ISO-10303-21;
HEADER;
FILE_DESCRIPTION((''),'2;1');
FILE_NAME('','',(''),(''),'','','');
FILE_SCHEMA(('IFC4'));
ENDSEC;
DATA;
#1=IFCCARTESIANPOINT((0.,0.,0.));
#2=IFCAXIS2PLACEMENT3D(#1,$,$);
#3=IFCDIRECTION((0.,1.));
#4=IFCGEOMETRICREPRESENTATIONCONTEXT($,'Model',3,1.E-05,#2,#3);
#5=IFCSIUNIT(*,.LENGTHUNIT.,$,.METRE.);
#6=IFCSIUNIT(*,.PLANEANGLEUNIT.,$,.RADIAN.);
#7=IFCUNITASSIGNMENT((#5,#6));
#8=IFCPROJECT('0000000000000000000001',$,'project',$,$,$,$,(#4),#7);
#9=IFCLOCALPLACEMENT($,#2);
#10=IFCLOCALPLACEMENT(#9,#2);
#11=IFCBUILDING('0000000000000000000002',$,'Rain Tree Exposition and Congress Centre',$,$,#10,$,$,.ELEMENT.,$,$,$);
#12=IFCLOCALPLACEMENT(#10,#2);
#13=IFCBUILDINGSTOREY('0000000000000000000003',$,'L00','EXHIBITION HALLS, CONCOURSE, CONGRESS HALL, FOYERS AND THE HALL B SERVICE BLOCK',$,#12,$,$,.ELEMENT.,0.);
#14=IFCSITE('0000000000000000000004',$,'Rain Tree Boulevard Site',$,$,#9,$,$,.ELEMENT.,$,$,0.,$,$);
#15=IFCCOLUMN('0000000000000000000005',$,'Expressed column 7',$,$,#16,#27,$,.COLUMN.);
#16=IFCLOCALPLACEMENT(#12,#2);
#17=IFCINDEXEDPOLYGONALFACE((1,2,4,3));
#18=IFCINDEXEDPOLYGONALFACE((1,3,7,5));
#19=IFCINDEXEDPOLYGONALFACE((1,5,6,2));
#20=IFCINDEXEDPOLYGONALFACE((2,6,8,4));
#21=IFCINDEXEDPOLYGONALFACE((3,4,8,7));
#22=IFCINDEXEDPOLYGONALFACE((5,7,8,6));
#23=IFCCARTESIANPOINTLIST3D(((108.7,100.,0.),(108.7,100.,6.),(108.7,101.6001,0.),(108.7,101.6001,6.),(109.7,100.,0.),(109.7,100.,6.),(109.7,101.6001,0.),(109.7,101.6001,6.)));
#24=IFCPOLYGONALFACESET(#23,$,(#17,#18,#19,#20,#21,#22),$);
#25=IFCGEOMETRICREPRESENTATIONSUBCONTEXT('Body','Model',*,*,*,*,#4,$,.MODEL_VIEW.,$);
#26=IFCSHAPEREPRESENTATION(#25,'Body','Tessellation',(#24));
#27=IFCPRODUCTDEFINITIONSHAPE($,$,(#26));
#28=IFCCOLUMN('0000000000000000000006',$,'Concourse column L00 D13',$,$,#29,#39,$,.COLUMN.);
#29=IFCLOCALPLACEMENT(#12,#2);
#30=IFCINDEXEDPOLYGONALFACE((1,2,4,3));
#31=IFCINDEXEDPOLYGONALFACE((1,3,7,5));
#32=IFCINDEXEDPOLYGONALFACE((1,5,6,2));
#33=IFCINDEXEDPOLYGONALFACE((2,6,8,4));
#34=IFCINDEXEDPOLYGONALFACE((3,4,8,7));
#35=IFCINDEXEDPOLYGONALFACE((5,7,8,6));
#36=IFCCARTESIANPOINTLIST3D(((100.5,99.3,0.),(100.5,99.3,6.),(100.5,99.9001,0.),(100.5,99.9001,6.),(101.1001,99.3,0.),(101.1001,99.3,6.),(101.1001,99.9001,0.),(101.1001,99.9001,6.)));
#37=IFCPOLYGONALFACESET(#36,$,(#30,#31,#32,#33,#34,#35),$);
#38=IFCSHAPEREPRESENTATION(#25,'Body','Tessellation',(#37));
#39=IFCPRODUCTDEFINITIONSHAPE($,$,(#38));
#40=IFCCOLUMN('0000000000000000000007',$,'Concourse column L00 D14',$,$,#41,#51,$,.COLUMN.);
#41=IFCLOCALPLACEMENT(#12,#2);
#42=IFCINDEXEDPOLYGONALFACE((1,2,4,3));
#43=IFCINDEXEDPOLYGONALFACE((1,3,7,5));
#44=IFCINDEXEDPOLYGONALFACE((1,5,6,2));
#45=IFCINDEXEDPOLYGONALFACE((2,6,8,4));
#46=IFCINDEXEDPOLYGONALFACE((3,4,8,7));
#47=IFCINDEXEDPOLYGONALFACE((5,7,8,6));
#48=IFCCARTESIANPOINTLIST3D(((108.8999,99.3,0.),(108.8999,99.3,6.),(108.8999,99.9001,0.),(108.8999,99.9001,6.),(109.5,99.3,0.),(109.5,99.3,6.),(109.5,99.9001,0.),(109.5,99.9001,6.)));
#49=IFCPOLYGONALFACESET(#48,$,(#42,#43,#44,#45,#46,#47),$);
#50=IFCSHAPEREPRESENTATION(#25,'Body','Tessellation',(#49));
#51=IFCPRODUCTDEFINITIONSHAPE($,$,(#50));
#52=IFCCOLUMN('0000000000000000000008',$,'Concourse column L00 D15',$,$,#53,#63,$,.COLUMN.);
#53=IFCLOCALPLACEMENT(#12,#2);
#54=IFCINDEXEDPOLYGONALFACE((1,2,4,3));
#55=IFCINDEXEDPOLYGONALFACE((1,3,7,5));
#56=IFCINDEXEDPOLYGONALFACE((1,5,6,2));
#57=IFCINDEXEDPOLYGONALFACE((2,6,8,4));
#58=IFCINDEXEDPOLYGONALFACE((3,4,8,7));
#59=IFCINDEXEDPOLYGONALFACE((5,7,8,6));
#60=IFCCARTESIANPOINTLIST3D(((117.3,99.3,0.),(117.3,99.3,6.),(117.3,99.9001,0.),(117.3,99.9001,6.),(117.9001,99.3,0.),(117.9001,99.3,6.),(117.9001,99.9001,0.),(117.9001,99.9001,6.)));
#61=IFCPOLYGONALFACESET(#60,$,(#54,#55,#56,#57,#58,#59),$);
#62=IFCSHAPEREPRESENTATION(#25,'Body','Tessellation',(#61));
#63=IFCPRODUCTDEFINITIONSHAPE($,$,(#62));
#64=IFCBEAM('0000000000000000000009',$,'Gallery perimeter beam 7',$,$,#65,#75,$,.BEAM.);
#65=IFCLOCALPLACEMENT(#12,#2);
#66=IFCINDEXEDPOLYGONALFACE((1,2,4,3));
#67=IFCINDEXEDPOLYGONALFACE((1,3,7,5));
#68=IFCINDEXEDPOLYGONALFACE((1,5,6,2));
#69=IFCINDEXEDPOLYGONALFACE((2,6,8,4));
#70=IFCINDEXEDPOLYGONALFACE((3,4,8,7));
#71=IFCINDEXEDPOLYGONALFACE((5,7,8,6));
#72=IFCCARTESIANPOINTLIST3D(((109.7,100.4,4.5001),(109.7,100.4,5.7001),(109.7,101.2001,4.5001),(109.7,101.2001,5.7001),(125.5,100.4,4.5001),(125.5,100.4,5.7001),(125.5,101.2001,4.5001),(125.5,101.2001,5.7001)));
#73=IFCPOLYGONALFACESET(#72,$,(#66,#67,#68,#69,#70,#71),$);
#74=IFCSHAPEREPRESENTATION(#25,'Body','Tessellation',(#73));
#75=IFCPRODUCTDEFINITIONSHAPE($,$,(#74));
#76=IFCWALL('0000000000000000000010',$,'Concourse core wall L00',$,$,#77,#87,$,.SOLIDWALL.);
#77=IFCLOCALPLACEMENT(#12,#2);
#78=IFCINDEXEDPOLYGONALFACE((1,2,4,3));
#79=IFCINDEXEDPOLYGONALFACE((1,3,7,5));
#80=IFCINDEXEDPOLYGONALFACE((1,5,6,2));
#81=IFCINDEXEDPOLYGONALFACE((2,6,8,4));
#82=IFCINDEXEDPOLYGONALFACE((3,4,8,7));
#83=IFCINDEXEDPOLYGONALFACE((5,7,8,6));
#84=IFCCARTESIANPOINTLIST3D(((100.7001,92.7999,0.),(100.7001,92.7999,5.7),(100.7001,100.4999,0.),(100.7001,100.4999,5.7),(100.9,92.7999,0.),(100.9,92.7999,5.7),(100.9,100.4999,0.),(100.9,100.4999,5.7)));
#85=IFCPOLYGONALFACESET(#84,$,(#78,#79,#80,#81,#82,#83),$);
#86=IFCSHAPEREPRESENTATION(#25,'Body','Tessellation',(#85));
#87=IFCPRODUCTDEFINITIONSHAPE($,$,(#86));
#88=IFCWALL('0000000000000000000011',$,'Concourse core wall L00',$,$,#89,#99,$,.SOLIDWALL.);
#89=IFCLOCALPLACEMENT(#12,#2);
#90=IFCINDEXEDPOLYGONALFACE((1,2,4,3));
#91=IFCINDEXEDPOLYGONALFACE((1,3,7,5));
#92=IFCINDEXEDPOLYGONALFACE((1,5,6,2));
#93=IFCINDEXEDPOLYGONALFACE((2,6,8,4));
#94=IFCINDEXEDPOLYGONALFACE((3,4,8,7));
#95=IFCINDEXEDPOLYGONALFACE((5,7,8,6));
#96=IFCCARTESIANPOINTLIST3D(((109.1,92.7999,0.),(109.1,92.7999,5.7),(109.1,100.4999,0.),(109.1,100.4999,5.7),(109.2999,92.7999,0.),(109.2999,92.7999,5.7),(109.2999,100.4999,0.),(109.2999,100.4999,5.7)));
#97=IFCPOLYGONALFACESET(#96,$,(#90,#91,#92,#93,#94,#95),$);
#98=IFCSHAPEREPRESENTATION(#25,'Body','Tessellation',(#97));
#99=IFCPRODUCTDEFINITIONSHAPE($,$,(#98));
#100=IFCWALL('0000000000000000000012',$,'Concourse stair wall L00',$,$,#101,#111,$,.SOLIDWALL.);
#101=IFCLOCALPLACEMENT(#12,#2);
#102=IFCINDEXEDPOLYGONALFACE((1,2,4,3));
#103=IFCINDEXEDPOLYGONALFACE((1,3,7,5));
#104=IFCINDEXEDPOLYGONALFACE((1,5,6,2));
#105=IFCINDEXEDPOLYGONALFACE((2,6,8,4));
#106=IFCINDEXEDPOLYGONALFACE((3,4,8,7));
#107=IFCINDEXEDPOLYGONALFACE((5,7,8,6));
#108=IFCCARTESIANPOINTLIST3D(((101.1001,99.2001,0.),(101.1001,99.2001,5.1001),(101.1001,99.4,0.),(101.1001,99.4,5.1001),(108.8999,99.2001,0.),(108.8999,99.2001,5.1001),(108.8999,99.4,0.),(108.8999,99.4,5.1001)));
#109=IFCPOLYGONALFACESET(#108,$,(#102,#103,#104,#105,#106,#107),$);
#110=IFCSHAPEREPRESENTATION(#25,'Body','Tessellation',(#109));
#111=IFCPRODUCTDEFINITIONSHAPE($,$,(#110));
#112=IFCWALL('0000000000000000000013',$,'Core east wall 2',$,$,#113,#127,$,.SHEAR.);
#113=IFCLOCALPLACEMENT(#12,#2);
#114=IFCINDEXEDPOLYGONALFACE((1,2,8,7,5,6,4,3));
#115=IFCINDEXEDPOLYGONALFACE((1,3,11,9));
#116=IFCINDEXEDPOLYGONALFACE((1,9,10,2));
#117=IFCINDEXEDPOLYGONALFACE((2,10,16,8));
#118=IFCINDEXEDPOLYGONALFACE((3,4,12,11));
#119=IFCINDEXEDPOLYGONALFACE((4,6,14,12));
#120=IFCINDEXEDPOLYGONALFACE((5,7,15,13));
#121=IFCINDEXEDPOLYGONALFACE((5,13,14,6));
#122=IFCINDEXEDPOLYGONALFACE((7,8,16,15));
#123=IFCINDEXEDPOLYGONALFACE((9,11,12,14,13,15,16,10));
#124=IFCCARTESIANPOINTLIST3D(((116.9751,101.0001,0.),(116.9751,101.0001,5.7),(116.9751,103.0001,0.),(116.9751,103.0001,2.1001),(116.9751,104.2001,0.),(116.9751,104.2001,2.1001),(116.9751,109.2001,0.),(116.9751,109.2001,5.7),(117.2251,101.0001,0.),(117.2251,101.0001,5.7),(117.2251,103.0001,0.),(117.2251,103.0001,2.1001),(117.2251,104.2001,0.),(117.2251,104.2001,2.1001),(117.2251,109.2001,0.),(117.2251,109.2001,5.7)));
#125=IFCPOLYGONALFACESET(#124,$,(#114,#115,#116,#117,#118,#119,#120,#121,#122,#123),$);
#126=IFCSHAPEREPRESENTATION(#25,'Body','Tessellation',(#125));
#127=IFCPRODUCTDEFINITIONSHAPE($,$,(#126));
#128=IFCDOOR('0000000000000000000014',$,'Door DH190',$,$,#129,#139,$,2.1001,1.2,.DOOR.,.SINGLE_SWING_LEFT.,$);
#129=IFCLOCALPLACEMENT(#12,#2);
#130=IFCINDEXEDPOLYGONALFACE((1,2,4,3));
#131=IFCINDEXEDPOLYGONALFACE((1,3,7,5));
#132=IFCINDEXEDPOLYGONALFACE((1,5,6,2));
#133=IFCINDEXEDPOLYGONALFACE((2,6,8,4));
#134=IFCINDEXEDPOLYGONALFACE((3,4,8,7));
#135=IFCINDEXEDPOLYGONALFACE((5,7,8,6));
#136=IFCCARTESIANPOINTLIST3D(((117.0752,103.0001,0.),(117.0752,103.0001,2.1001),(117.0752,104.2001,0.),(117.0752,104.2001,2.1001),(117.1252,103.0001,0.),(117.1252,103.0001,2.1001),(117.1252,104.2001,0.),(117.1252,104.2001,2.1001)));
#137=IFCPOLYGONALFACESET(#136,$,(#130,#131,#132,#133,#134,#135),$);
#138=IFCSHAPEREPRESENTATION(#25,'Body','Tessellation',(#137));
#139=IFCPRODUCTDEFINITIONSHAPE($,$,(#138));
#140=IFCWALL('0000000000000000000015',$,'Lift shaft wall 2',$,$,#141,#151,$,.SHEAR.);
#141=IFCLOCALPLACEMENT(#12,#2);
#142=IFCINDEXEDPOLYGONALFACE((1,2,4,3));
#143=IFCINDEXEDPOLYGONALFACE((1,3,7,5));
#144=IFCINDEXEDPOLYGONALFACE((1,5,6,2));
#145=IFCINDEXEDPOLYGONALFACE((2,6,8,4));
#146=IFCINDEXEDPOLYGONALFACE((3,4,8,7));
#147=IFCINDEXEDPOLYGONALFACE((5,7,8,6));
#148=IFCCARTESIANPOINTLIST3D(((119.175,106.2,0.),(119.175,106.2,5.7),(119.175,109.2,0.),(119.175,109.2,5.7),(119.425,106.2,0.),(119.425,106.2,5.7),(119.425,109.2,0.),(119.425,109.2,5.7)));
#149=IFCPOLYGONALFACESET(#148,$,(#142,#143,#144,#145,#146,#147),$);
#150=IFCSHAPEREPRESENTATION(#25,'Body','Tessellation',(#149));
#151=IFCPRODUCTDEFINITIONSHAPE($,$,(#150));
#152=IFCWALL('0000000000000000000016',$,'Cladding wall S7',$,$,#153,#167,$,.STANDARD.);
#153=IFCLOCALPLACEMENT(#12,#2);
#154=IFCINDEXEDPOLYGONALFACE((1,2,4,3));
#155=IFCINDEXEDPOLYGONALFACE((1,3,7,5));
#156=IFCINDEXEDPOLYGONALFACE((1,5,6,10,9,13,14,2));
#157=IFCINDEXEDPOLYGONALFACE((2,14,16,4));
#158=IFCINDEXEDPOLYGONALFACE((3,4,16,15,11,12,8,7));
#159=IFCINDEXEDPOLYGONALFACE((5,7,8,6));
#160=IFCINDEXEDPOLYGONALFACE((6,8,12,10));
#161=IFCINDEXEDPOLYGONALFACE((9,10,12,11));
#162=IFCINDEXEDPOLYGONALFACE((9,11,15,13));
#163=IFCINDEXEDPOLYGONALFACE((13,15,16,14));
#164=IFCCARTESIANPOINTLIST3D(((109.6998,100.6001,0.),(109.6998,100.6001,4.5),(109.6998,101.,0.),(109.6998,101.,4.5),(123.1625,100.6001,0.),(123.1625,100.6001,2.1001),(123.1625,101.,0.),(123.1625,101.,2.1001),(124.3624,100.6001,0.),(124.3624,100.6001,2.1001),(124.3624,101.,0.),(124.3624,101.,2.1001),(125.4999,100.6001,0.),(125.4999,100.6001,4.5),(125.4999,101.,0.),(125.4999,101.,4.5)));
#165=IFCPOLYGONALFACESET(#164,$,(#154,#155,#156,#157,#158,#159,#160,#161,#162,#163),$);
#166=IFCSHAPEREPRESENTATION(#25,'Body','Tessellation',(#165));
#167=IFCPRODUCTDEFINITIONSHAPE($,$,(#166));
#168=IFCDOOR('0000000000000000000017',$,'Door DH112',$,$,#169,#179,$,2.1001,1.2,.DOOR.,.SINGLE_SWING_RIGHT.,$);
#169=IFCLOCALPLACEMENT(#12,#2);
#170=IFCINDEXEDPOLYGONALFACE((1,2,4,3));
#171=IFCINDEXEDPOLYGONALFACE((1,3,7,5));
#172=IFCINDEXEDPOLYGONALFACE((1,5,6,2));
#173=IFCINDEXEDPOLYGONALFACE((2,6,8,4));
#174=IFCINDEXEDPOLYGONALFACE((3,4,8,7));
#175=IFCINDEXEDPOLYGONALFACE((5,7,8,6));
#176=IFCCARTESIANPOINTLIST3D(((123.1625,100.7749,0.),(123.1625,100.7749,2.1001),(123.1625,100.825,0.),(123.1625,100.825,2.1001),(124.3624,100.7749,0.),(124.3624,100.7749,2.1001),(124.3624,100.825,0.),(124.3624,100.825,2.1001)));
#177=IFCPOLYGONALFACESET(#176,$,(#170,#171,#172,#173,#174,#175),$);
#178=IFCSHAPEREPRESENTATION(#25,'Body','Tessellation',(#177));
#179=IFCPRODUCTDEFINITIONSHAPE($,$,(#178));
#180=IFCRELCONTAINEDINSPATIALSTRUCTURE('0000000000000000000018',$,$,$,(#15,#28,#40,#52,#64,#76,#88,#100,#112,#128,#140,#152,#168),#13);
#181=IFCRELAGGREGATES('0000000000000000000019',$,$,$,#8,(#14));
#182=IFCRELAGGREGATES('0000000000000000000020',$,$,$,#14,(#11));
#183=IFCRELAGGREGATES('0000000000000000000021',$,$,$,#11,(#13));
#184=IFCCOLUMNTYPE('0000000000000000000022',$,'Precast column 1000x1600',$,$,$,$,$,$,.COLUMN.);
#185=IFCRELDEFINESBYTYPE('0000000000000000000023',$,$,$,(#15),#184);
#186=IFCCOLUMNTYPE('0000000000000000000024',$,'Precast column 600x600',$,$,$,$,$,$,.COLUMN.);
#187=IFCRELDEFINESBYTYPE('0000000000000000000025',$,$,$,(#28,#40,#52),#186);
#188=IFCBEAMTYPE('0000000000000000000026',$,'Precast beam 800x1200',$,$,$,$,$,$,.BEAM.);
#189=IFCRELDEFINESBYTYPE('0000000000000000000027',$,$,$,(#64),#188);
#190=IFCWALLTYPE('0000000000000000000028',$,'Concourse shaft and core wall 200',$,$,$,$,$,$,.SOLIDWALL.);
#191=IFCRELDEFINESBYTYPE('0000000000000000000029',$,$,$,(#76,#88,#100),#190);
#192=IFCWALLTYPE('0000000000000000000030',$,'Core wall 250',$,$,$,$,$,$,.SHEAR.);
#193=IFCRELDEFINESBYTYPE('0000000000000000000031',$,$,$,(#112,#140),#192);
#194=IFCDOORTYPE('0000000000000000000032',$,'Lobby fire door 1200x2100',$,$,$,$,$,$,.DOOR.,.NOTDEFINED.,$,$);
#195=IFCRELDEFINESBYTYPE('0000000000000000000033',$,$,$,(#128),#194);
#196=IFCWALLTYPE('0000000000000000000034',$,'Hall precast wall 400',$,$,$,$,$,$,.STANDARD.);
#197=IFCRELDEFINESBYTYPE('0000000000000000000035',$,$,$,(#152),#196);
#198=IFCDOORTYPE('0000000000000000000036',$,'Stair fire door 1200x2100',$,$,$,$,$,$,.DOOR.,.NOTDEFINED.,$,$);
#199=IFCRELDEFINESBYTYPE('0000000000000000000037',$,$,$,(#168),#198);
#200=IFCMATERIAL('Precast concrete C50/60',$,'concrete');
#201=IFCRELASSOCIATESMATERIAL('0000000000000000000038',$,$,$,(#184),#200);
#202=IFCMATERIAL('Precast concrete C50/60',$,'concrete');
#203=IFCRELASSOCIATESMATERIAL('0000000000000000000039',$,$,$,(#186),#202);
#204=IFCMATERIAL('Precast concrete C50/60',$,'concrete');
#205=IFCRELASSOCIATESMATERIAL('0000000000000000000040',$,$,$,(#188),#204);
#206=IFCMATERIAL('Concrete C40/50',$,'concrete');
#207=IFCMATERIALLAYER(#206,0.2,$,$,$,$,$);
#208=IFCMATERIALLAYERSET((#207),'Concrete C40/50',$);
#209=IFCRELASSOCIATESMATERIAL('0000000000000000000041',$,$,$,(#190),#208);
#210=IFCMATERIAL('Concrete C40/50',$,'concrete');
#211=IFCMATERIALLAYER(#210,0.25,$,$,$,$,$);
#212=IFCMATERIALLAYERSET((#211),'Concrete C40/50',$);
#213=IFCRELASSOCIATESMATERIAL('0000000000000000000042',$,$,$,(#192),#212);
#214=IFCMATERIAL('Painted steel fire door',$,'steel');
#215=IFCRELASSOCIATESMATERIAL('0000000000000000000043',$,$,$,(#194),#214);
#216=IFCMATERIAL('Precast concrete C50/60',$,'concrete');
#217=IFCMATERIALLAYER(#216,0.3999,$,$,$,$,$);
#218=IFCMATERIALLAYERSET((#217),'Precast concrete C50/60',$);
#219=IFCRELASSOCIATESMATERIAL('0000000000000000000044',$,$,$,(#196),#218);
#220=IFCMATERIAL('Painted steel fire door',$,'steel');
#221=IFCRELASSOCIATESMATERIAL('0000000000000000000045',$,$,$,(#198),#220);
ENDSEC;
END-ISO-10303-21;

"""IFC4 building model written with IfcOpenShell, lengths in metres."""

from ifc_helpers import new_model, si_unit, direction, frame, frame_2d, origin, origin_2d, place, context, subcontext, project, spatial, rectangle, extrude, material, layer, layer_set, material_profile, profile_set, type_object, element, fill, save


model = new_model("IFC4")

# Units and contexts
model_context = context("Model", 3, precision=1e-05, world=origin(), true_north=direction((0.0, 1.0)))
body_context = subcontext(model_context, "Body", "Model", "MODEL_VIEW")
ifc_project = project(units=[si_unit("LENGTHUNIT", "METRE"), si_unit("PLANEANGLEUNIT", "RADIAN")], contexts=[model_context])

# Site, building, storey
site_placement = place(None, origin())
site = spatial("IfcSite", under=ifc_project, at=site_placement, Name="Rain Tree Boulevard Site", CompositionType="ELEMENT", RefElevation=0.0)
building_placement = place(site_placement, origin())
building = spatial("IfcBuilding", under=site, at=building_placement, Name="Rain Tree Exposition and Congress Centre", CompositionType="ELEMENT")
storey_placement = place(building_placement, origin())
storey = spatial("IfcBuildingStorey", under=building, at=storey_placement, Name="L00", Description="EXHIBITION HALLS, CONCOURSE, CONGRESS HALL, FOYERS AND THE HALL B SERVICE BLOCK", CompositionType="ELEMENT", Elevation=0.0)

# Columns
ifc_material_1 = material(Name="Precast concrete C50/60", Category="concrete")
ifc_material_profile_1 = material_profile(ifc_material_1, rectangle(XDim=1.0, YDim=1.6001, at=origin_2d()), Name="RC 1000x1600")
ifc_profile_set_1 = profile_set([ifc_material_profile_1], Name="Precast concrete C50/60")
column_type_1 = type_object("IfcColumnType", Name="Precast column 1000x1600", PredefinedType="COLUMN", material=ifc_profile_set_1)
column_placement = place(storey_placement, frame((109.2, 100.8, 0.0), z_axis=(0.0, 0.0, 1.0), x_axis=(1.0, 0.0, 0.0)))
element("IfcColumn", 1, at=column_placement, inside=storey, type_object=column_type_1, Name="Expressed column 7", PredefinedType="COLUMN", context=body_context, shape_type="SweptSolid", body=[
    extrude(rectangle(XDim=1.0, YDim=1.6001, at=origin_2d()), origin(), (0.0, 0.0, 1.0), 6.0),
])
ifc_material_2 = material(Name="Precast concrete C50/60", Category="concrete")
ifc_material_profile_2 = material_profile(ifc_material_2, rectangle(XDim=0.6001, YDim=0.6001, at=origin_2d()), Name="RC 600x600")
ifc_profile_set_2 = profile_set([ifc_material_profile_2], Name="Precast concrete C50/60")
column_type_2 = type_object("IfcColumnType", Name="Precast column 600x600", PredefinedType="COLUMN", material=ifc_profile_set_2)
for number, where, z_axis, x_axis, name in (
    (2, (100.8, 99.6001, 0.0), (0.0, 0.0, 1.0), (1.0, 0.0, 0.0), "Concourse column L00 D13"),
    (3, (109.2, 99.6001, 0.0), (0.0, 0.0, 1.0), (1.0, 0.0, 0.0), "Concourse column L00 D14"),
    (4, (117.6001, 99.6001, 0.0), (0.0, 0.0, 1.0), (1.0, 0.0, 0.0), "Concourse column L00 D15"),
):
    element("IfcColumn", number, at=place(storey_placement, frame(where, z_axis=z_axis, x_axis=x_axis)), inside=storey, type_object=column_type_2, Name=name, PredefinedType="COLUMN", context=body_context, shape_type="SweptSolid", body=[
        extrude(rectangle(XDim=0.6001, YDim=0.6001, at=origin_2d()), origin(), (0.0, 0.0, 1.0), 6.0),
    ])

# Beam
ifc_material_3 = material(Name="Precast concrete C50/60", Category="concrete")
ifc_material_profile_3 = material_profile(ifc_material_3, rectangle(XDim=0.8, YDim=1.2, at=origin_2d()), Name="RC 800x1200")
ifc_profile_set_3 = profile_set([ifc_material_profile_3], Name="Precast concrete C50/60")
beam_type = type_object("IfcBeamType", Name="Precast beam 800x1200", PredefinedType="BEAM", material=ifc_profile_set_3)
beam_placement = place(storey_placement, frame((109.7, 100.8, 5.1001), z_axis=(1.0, 0.0, 0.0), x_axis=(0.0, 1.0, 0.0)))
element("IfcBeam", 5, at=beam_placement, inside=storey, type_object=beam_type, Name="Gallery perimeter beam 7", PredefinedType="BEAM", context=body_context, shape_type="SweptSolid", body=[
    extrude(rectangle(XDim=0.8, YDim=1.2, at=origin_2d()), origin(), (0.0, 0.0, 1.0), 15.8),
])

# Walls
ifc_material_4 = material(Name="Concrete C40/50", Category="concrete")
ifc_layer_1 = layer(ifc_material_4, 0.2)
ifc_layer_set_1 = layer_set([ifc_layer_1], Name="Concrete C40/50")
wall_type_1 = type_object("IfcWallType", Name="Concourse shaft and core wall 200", PredefinedType="SOLIDWALL", material=ifc_layer_set_1)
for number, where, z_axis, x_axis, name in (
    (6, (100.8, 100.5, 0.0), (0.0, 0.0, 1.0), (0.0, -1.0, 0.0), "Concourse core wall L00"),
    (7, (109.2, 100.5, 0.0), (0.0, 0.0, 1.0), (0.0, -1.0, 0.0), "Concourse core wall L00"),
):
    element("IfcWall", number, at=place(storey_placement, frame(where, z_axis=z_axis, x_axis=x_axis)), inside=storey, type_object=wall_type_1, Name=name, PredefinedType="SOLIDWALL", context=body_context, shape_type="SweptSolid", body=[
        extrude(rectangle(XDim=7.7, YDim=0.2, at=frame_2d((3.8501, 0.0))), origin(), (0.0, 0.0, 1.0), 5.7),
    ])
wall_1_placement = place(storey_placement, frame((101.1001, 99.3, 0.0), z_axis=(0.0, 0.0, 1.0), x_axis=(1.0, 0.0, 0.0)))
element("IfcWall", 8, at=wall_1_placement, inside=storey, type_object=wall_type_1, Name="Concourse stair wall L00", PredefinedType="SOLIDWALL", context=body_context, shape_type="SweptSolid", body=[
    extrude(rectangle(XDim=7.7998, YDim=0.2, at=frame_2d((3.8999, 0.0))), origin(), (0.0, 0.0, 1.0), 5.1001),
])

# Wall, opening, door
ifc_material_5 = material(Name="Concrete C40/50", Category="concrete")
ifc_layer_2 = layer(ifc_material_5, 0.25)
ifc_layer_set_2 = layer_set([ifc_layer_2], Name="Concrete C40/50")
wall_type_2 = type_object("IfcWallType", Name="Core wall 250", PredefinedType="SHEAR", material=ifc_layer_set_2)
wall_2_placement = place(storey_placement, frame((117.1001, 101.0, 0.0), z_axis=(0.0, 0.0, 1.0), x_axis=(0.0, 1.0, 0.0)))
wall_2 = element("IfcWall", 9, at=wall_2_placement, inside=storey, type_object=wall_type_2, Name="Core east wall 2", PredefinedType="SHEAR", context=body_context, shape_type="SweptSolid", body=[
    extrude(rectangle(XDim=8.2, YDim=0.25, at=frame_2d((4.1001, 0.0))), origin(), (0.0, 0.0, 1.0), 5.7),
])
opening_1_placement = place(wall_2_placement, frame((2.0, 0.0, 0.0)))
opening_1 = element("IfcOpeningElement", 10, at=opening_1_placement, cuts=wall_2, PredefinedType="OPENING", context=body_context, shape_type="SweptSolid", body=[
    extrude(rectangle(XDim=1.2, YDim=2.1001, at=frame_2d((0.6001, 1.05))), frame((0.0, 0.125, 0.0), z_axis=(0.0, -1.0, 0.0), x_axis=(1.0, 0.0, 0.0)), (0.0, 0.0, 1.0), 0.25),
])
ifc_material_6 = material(Name="Painted steel fire door", Category="steel")
door_type_1 = type_object("IfcDoorType", Name="Lobby fire door 1200x2100", OperationType="NOTDEFINED", PredefinedType="DOOR", material=ifc_material_6)
door_1_placement = place(opening_1_placement, origin())
door_1 = element("IfcDoor", 11, at=door_1_placement, inside=storey, type_object=door_type_1, Name="Door DH190", OperationType="SINGLE_SWING_LEFT", OverallHeight=2.1001, OverallWidth=1.2, PredefinedType="DOOR", context=body_context, shape_type="SweptSolid", body=[
    extrude(rectangle(XDim=1.2, YDim=2.1001, at=frame_2d((0.6001, 1.05))), frame((0.0, 0.0249, 0.0), z_axis=(0.0, -1.0, 0.0), x_axis=(1.0, 0.0, 0.0)), (0.0, 0.0, 1.0), 0.05),
])
fill(opening_1, door_1)

# Wall
wall_3_placement = place(storey_placement, frame((119.3, 106.2, 0.0), z_axis=(0.0, 0.0, 1.0), x_axis=(0.0, 1.0, 0.0)))
element("IfcWall", 12, at=wall_3_placement, inside=storey, type_object=wall_type_2, Name="Lift shaft wall 2", PredefinedType="SHEAR", context=body_context, shape_type="SweptSolid", body=[
    extrude(rectangle(XDim=3.0, YDim=0.25, at=frame_2d((1.5, 0.0))), origin(), (0.0, 0.0, 1.0), 5.7),
])

# Wall, opening, door
ifc_material_7 = material(Name="Precast concrete C50/60", Category="concrete")
ifc_layer_3 = layer(ifc_material_7, 0.3999)
ifc_layer_set_3 = layer_set([ifc_layer_3], Name="Precast concrete C50/60")
wall_type_3 = type_object("IfcWallType", Name="Hall precast wall 400", PredefinedType="STANDARD", material=ifc_layer_set_3)
wall_4_placement = place(storey_placement, frame((109.7, 100.8, 0.0), z_axis=(0.0, 0.0, 1.0), x_axis=(1.0, 0.0, 0.0)))
wall_4 = element("IfcWall", 13, at=wall_4_placement, inside=storey, type_object=wall_type_3, Name="Cladding wall S7", PredefinedType="STANDARD", context=body_context, shape_type="SweptSolid", body=[
    extrude(rectangle(XDim=15.8, YDim=0.3999, at=frame_2d((7.8999, 0.0))), origin(), (0.0, 0.0, 1.0), 4.5),
])
opening_2_placement = place(wall_4_placement, frame((13.4624, 0.0, 0.0)))
opening_2 = element("IfcOpeningElement", 14, at=opening_2_placement, cuts=wall_4, PredefinedType="OPENING", context=body_context, shape_type="SweptSolid", body=[
    extrude(rectangle(XDim=1.2, YDim=2.1001, at=frame_2d((0.6001, 1.05))), frame((0.0, 0.2, 0.0), z_axis=(0.0, -1.0, 0.0), x_axis=(1.0, 0.0, 0.0)), (0.0, 0.0, 1.0), 0.3999),
])
ifc_material_8 = material(Name="Painted steel fire door", Category="steel")
door_type_2 = type_object("IfcDoorType", Name="Stair fire door 1200x2100", OperationType="NOTDEFINED", PredefinedType="DOOR", material=ifc_material_8)
door_2_placement = place(opening_2_placement, origin())
door_2 = element("IfcDoor", 15, at=door_2_placement, inside=storey, type_object=door_type_2, Name="Door DH112", OperationType="SINGLE_SWING_RIGHT", OverallHeight=2.1001, OverallWidth=1.2, PredefinedType="DOOR", context=body_context, shape_type="SweptSolid", body=[
    extrude(rectangle(XDim=1.2, YDim=2.1001, at=frame_2d((0.6001, 1.05))), frame((0.0, 0.0249, 0.0), z_axis=(0.0, -1.0, 0.0), x_axis=(1.0, 0.0, 0.0)), (0.0, 0.0, 1.0), 0.05),
])
fill(opening_2, door_2)

save(model, "model.ifc")
